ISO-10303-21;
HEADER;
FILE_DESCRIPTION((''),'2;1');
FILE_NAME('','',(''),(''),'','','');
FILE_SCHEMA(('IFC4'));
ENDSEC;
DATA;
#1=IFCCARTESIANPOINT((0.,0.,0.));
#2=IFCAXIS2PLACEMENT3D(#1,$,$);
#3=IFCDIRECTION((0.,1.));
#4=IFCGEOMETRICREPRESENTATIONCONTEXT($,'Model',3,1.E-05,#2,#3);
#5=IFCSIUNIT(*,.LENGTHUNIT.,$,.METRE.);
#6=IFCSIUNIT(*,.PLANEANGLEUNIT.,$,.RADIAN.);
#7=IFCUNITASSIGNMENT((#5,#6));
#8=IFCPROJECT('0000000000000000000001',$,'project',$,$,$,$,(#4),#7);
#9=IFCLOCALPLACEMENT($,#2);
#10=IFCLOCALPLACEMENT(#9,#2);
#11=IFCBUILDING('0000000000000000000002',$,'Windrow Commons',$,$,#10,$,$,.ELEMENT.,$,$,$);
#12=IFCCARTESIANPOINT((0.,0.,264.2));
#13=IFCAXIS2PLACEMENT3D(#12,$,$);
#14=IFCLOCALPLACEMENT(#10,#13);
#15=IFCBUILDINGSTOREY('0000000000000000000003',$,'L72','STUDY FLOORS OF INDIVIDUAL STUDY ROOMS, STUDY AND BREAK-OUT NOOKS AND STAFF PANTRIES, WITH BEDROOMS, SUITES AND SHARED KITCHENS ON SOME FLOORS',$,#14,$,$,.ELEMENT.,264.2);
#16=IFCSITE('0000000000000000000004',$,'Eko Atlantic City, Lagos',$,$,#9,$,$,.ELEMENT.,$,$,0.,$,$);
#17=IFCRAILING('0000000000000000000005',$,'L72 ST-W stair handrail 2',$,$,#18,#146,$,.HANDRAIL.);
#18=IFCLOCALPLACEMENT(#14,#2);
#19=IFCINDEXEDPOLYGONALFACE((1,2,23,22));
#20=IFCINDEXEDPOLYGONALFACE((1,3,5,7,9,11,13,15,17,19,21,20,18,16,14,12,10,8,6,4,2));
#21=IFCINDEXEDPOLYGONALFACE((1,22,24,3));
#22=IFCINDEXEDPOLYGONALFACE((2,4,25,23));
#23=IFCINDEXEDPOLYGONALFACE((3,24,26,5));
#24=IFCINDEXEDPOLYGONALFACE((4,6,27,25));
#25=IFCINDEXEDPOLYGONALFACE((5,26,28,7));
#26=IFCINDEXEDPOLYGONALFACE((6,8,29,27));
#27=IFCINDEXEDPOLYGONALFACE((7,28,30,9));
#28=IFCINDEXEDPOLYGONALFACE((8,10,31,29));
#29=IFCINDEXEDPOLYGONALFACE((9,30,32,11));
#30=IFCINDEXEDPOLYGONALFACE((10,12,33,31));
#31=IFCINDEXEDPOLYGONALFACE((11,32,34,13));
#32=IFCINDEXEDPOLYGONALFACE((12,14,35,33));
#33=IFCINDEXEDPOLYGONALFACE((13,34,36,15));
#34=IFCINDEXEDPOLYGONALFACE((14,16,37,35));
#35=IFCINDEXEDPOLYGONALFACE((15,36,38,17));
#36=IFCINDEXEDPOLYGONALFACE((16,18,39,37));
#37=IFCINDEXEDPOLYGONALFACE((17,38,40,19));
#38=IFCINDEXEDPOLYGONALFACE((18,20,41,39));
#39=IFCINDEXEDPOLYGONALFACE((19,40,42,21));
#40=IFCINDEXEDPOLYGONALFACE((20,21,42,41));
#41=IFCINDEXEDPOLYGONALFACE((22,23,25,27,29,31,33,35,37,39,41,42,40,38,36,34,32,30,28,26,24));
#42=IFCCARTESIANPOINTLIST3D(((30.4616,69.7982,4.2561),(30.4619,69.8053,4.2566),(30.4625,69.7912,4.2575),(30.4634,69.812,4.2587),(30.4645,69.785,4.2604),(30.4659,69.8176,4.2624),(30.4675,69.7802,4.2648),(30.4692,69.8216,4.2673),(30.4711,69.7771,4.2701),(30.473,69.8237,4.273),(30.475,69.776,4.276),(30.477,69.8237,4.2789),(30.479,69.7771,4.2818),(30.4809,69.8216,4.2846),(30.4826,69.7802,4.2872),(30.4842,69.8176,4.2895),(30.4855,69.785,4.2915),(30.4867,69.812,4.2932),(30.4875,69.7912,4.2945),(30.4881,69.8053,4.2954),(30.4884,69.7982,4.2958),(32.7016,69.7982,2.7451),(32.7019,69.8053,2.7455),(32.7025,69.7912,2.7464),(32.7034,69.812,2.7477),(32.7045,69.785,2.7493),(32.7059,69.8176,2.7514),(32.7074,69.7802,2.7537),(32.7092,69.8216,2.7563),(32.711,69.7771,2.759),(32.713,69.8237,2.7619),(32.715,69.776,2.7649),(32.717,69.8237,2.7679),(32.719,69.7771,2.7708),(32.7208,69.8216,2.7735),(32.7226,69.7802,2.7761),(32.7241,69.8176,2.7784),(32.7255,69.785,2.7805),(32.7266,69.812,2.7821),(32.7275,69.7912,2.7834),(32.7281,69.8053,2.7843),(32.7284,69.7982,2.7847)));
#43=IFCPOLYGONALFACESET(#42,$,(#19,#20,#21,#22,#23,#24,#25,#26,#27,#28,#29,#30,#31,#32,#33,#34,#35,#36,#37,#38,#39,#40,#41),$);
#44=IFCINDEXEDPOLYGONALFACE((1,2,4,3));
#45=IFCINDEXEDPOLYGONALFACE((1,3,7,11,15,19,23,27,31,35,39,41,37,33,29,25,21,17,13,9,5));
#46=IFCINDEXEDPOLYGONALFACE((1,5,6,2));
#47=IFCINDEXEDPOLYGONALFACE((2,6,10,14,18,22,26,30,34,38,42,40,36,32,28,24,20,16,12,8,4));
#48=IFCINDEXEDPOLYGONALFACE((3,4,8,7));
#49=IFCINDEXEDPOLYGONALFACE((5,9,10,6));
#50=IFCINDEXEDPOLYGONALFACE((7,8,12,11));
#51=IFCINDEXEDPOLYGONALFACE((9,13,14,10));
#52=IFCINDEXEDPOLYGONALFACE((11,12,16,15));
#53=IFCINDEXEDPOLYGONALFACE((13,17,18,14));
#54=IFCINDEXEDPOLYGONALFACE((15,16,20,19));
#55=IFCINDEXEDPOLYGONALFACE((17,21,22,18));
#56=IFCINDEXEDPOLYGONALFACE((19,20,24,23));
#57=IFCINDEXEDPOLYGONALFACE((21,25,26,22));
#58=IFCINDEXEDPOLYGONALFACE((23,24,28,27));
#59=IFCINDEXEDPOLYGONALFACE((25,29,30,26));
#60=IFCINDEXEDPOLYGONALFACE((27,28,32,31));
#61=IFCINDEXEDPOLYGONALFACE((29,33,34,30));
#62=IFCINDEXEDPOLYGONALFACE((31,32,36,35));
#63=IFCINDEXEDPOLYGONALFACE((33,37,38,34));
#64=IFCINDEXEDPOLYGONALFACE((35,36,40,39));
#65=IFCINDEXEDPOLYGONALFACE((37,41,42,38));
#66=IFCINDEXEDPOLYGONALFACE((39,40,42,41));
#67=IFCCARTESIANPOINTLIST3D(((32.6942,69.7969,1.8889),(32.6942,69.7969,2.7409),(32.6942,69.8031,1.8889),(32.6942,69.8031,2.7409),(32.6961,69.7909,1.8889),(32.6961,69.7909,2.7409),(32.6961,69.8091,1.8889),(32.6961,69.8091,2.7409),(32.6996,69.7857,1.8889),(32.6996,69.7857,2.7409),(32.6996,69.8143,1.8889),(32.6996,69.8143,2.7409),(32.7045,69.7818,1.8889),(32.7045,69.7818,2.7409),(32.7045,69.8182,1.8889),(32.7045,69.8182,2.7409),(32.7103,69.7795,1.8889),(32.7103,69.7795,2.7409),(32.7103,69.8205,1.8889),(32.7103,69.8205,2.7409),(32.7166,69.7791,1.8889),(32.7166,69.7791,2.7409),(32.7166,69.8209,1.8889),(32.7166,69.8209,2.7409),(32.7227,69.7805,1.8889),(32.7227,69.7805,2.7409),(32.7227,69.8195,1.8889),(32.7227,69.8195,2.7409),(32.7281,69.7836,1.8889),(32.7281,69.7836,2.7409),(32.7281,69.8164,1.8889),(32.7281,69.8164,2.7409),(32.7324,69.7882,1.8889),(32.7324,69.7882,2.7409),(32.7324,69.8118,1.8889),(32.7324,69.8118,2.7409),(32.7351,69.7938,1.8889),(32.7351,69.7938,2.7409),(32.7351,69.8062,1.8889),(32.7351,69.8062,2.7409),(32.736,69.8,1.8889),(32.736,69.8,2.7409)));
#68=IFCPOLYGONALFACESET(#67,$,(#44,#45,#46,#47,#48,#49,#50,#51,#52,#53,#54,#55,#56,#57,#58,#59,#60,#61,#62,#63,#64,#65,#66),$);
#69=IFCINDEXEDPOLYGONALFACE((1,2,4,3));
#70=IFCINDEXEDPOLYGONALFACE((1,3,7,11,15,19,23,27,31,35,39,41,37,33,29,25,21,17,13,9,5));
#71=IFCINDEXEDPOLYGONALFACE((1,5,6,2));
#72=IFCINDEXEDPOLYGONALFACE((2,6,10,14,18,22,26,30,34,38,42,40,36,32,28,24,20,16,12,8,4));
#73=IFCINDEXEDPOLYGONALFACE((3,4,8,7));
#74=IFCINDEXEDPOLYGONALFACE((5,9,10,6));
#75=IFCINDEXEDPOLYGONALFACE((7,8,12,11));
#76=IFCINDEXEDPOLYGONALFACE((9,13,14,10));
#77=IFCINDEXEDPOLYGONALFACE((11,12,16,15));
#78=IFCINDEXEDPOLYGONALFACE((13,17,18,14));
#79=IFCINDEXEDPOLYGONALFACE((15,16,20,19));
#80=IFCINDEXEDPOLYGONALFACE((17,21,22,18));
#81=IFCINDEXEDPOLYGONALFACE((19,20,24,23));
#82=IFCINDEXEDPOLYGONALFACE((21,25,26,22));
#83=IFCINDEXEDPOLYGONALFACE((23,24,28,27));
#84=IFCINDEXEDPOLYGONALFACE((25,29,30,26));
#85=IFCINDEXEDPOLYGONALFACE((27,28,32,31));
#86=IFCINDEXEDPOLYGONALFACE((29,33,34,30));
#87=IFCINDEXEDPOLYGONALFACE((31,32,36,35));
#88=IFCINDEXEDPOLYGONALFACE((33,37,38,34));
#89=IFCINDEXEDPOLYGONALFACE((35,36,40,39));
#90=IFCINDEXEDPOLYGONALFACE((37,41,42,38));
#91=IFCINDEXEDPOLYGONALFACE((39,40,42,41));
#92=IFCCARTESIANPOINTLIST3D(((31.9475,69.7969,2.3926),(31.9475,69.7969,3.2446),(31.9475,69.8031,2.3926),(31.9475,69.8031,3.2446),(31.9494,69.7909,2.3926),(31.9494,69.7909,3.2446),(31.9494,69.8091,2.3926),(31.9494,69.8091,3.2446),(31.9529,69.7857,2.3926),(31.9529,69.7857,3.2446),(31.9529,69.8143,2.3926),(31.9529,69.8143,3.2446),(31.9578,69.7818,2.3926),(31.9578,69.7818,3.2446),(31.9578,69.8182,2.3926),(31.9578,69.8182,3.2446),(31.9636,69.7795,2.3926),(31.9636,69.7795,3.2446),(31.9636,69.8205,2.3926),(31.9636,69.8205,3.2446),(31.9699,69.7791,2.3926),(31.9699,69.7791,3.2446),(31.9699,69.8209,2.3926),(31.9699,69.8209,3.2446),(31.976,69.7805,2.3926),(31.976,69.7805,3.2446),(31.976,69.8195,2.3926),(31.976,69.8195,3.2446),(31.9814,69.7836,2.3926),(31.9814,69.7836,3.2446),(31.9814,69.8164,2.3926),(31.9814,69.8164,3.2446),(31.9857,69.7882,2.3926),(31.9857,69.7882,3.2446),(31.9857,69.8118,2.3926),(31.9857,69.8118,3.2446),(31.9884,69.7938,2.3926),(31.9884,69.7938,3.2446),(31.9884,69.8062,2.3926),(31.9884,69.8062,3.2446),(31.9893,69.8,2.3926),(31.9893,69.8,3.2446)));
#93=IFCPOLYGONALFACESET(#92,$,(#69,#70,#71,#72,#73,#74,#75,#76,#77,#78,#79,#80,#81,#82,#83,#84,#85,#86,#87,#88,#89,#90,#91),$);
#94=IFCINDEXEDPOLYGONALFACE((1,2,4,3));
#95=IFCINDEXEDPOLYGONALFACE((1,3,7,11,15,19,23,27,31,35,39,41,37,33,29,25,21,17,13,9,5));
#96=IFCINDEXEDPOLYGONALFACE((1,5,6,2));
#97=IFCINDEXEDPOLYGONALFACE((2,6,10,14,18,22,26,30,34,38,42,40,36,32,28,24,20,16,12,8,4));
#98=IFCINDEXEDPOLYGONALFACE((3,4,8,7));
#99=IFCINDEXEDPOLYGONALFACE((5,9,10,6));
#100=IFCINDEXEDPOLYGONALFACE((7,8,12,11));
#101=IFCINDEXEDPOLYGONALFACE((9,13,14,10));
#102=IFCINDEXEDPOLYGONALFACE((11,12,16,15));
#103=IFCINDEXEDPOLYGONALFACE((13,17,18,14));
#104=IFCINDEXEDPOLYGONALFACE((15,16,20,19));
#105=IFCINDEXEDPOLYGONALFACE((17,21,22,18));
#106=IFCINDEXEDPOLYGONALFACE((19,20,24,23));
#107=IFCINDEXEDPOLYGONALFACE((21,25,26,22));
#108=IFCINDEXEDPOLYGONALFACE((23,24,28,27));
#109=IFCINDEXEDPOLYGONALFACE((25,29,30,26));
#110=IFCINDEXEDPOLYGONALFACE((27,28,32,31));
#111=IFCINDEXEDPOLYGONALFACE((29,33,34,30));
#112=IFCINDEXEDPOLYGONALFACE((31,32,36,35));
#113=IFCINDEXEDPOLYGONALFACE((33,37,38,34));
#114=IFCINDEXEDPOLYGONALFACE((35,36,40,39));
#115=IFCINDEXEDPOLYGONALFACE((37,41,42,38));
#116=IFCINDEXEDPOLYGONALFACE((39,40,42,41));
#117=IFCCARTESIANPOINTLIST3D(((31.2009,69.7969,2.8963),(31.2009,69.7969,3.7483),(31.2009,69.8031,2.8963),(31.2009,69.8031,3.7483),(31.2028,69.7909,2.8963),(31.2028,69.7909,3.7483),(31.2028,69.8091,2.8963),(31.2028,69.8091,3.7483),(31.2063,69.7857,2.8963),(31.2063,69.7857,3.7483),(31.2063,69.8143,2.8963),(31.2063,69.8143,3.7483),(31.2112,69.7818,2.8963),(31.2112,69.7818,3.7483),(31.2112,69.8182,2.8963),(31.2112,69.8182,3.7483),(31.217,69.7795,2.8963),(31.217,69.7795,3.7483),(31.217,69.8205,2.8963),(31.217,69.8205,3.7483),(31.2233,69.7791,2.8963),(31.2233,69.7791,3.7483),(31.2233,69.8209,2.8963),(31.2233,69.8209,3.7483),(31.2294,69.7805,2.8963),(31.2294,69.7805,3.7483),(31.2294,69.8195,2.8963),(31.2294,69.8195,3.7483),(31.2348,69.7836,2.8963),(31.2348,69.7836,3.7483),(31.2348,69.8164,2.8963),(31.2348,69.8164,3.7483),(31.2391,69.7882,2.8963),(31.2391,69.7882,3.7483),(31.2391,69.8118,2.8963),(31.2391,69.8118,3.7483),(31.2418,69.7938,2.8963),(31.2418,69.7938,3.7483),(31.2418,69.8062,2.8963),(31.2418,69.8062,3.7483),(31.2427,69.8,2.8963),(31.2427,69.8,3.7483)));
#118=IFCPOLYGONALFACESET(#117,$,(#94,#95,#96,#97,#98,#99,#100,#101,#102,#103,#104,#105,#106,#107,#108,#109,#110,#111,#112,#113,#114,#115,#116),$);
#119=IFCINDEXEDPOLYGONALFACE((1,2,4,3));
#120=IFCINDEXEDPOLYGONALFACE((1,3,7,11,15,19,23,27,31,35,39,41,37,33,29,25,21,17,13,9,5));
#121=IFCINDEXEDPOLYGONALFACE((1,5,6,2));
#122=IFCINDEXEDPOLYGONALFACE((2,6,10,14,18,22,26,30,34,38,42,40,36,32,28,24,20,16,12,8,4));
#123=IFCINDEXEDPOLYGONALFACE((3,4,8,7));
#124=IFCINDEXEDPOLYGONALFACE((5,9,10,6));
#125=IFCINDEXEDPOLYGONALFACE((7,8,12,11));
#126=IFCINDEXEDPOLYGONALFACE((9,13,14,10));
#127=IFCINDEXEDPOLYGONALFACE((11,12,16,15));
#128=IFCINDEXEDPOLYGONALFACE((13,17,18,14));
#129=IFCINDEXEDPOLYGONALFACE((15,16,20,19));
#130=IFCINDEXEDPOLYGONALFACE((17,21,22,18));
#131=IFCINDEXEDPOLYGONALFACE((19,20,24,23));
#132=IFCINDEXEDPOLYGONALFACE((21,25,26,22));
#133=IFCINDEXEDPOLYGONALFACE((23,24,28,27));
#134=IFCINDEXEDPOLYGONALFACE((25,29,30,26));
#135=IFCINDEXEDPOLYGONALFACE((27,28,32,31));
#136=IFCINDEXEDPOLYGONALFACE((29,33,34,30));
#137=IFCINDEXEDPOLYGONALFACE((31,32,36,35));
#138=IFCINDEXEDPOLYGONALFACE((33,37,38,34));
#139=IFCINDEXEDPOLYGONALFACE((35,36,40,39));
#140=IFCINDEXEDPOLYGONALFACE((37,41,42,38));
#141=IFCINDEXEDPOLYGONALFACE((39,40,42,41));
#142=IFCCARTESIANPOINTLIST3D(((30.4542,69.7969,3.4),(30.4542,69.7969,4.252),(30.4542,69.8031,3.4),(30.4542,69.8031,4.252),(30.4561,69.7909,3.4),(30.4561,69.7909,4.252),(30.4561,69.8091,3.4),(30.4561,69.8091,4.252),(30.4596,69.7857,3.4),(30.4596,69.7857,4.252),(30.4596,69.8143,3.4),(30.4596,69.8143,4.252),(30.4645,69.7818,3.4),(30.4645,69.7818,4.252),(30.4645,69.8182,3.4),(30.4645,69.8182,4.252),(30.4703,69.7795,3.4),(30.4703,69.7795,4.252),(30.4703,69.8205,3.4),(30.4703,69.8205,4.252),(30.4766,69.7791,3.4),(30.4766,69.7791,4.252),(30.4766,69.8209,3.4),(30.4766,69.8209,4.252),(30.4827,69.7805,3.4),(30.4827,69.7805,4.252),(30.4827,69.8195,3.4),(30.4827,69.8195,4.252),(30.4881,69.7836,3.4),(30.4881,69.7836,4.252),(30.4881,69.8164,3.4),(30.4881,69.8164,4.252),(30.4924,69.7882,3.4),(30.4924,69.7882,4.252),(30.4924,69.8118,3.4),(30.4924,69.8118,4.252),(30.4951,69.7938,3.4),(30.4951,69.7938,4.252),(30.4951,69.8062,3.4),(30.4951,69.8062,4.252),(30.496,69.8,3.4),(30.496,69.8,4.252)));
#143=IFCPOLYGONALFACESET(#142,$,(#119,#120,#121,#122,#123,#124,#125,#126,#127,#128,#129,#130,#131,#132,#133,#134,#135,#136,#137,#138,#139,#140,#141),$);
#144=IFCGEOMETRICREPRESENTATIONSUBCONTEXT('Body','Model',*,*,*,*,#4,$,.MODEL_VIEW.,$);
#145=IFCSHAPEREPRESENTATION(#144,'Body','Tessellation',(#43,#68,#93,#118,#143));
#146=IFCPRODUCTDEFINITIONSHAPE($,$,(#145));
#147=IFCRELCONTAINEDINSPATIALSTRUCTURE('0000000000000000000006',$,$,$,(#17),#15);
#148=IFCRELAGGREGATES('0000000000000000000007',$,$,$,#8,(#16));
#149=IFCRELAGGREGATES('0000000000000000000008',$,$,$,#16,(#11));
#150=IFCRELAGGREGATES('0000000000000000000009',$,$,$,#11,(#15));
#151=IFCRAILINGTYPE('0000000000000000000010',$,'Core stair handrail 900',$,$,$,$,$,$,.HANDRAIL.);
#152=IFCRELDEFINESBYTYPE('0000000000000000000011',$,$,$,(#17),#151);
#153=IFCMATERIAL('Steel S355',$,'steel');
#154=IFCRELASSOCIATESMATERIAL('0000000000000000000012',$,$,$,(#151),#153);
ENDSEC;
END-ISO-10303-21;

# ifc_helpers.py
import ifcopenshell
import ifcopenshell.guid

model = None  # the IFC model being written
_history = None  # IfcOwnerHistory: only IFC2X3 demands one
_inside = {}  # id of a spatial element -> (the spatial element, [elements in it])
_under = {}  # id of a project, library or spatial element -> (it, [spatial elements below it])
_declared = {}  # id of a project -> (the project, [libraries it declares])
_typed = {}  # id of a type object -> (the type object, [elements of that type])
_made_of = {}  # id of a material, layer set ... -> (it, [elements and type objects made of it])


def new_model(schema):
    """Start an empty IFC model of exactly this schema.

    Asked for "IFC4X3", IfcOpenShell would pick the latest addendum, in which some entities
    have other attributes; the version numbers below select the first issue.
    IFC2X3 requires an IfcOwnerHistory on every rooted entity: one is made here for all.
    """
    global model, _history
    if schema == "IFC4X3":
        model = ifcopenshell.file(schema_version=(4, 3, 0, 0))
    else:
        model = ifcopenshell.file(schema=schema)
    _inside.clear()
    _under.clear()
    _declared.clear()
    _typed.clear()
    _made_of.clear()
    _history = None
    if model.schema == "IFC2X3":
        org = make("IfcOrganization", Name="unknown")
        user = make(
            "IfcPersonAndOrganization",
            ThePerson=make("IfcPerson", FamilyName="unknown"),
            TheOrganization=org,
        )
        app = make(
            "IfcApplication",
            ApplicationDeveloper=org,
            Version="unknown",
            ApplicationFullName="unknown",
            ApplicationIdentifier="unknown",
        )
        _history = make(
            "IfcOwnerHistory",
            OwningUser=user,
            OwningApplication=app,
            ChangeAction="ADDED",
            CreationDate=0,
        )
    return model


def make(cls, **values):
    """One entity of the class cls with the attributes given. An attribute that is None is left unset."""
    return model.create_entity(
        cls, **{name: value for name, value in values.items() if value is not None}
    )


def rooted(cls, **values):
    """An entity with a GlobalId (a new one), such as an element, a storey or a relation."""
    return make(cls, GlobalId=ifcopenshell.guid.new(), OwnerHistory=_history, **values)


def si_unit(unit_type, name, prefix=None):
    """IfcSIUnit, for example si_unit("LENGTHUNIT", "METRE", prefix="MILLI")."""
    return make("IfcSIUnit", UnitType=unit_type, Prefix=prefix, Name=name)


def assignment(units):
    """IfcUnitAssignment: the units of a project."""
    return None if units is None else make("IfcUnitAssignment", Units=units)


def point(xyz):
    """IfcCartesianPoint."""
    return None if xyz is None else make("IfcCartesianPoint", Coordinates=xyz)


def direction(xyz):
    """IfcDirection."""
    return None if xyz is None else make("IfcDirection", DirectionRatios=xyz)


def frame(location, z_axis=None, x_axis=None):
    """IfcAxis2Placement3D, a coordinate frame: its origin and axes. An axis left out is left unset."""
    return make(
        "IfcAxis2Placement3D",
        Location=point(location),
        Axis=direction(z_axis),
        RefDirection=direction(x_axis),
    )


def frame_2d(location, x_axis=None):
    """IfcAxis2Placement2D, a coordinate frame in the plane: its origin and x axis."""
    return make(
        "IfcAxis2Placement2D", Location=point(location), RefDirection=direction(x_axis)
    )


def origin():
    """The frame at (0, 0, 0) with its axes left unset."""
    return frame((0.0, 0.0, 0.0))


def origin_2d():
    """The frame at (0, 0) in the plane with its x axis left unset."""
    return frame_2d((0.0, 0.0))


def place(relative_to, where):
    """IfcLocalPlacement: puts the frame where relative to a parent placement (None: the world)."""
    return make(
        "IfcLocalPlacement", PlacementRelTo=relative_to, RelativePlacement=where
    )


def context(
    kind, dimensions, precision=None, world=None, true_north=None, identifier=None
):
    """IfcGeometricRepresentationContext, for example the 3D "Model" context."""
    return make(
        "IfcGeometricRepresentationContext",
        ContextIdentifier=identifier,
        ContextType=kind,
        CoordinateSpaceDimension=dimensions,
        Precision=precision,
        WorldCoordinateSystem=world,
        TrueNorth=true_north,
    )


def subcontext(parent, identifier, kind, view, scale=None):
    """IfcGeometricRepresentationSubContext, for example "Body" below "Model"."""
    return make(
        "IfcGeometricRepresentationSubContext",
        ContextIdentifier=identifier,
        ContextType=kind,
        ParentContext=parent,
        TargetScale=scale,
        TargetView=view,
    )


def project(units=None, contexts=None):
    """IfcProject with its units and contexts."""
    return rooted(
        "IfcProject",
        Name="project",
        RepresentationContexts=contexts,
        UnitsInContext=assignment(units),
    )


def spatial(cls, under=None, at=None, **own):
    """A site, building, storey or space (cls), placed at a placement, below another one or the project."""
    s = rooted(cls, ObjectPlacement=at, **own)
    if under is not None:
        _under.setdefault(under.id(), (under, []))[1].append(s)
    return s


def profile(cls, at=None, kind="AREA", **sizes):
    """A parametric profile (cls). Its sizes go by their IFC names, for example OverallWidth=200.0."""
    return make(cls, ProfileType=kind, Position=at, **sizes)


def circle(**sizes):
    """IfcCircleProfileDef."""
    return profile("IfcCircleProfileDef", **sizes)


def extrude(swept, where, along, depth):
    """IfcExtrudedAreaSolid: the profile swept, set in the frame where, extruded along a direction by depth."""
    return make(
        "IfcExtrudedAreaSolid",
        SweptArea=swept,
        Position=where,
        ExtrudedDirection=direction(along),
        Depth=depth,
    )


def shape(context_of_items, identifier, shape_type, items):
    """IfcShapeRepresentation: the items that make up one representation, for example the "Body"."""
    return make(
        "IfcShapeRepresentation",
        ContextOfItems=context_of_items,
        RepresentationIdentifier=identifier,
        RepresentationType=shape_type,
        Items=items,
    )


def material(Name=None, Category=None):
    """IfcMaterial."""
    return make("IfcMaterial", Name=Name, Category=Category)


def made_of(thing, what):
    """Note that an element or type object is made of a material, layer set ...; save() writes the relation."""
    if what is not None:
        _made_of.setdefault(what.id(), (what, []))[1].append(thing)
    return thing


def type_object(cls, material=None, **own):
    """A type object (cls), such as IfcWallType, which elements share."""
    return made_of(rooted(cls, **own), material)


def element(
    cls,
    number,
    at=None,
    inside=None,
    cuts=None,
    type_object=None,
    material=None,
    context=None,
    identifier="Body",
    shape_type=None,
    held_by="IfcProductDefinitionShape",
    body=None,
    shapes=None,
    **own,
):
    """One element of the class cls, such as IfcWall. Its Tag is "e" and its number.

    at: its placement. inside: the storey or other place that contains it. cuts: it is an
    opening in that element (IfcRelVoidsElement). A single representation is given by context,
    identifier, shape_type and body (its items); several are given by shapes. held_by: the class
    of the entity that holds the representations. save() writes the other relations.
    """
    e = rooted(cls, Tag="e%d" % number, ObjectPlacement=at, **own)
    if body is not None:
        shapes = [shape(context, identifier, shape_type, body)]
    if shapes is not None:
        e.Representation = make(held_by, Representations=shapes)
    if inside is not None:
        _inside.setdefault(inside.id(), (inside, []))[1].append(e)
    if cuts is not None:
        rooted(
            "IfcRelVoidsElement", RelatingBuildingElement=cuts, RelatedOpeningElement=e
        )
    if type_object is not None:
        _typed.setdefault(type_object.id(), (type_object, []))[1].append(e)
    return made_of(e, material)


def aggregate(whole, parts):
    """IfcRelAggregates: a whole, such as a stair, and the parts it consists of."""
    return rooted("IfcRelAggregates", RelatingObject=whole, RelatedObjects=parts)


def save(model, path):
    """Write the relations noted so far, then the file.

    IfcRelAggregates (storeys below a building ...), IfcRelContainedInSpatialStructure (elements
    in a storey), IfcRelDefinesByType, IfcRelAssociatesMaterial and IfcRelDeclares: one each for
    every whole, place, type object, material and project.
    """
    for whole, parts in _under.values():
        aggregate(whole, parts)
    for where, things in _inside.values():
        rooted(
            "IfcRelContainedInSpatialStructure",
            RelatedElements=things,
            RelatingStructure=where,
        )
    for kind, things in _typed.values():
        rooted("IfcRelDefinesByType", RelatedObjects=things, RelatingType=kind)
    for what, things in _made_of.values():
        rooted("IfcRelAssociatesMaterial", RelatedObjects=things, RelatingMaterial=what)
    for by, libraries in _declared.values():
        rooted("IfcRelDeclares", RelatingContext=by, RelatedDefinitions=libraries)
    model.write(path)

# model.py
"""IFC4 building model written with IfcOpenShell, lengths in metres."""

from ifc_helpers import new_model, si_unit, direction, frame, origin, origin_2d, place, context, subcontext, project, spatial, circle, extrude, material, type_object, element, save


model = new_model("IFC4")

# Units and contexts
model_context = context("Model", 3, precision=1e-05, world=origin(), true_north=direction((0.0, 1.0)))
body_context = subcontext(model_context, "Body", "Model", "MODEL_VIEW")
ifc_project = project(units=[si_unit("LENGTHUNIT", "METRE"), si_unit("PLANEANGLEUNIT", "RADIAN")], contexts=[model_context])

# Site, building, storey
site_placement = place(None, origin())
site = spatial("IfcSite", under=ifc_project, at=site_placement, Name="Eko Atlantic City, Lagos", CompositionType="ELEMENT", RefElevation=0.0)
building_placement = place(site_placement, origin())
building = spatial("IfcBuilding", under=site, at=building_placement, Name="Windrow Commons", CompositionType="ELEMENT")
storey_placement = place(building_placement, frame((0.0, 0.0, 264.2)))
storey = spatial("IfcBuildingStorey", under=building, at=storey_placement, Name="L72", Description="STUDY FLOORS OF INDIVIDUAL STUDY ROOMS, STUDY AND BREAK-OUT NOOKS AND STAFF PANTRIES, WITH BEDROOMS, SUITES AND SHARED KITCHENS ON SOME FLOORS", CompositionType="ELEMENT", Elevation=264.2)

# Railing
ifc_material_1 = material(Name="Steel S355", Category="steel")
railing_type_1 = type_object("IfcRailingType", Name="Core stair handrail 900", PredefinedType="HANDRAIL", material=ifc_material_1)
railing_1_placement = place(storey_placement, frame((32.715, 69.8, 1.8889)))
element("IfcRailing", 1, at=railing_1_placement, inside=storey, type_object=railing_type_1, Name="L72 ST-W stair handrail 2", PredefinedType="HANDRAIL", context=body_context, shape_type="SweptSolid", body=[
    extrude(circle(Radius=0.024, at=origin_2d()), frame((0.0, 0.0, 0.876), z_axis=(-0.829003, 0.0, 0.559244), x_axis=(0.0, -1.0, 0.0)), (0.0, 0.0, 1.0), 2.702),
    extrude(circle(Radius=0.021, at=origin_2d()), origin(), (0.0, 0.0, 1.0), 0.852),
    extrude(circle(Radius=0.021, at=origin_2d()), frame((-0.7467, 0.0, 0.5037)), (0.0, 0.0, 1.0), 0.852),
    extrude(circle(Radius=0.021, at=origin_2d()), frame((-1.4933, 0.0, 1.0074)), (0.0, 0.0, 1.0), 0.852),
    extrude(circle(Radius=0.021, at=origin_2d()), frame((-2.24, 0.0, 1.5111)), (0.0, 0.0, 1.0), 0.852),
])

save(model, "model.ifc")
